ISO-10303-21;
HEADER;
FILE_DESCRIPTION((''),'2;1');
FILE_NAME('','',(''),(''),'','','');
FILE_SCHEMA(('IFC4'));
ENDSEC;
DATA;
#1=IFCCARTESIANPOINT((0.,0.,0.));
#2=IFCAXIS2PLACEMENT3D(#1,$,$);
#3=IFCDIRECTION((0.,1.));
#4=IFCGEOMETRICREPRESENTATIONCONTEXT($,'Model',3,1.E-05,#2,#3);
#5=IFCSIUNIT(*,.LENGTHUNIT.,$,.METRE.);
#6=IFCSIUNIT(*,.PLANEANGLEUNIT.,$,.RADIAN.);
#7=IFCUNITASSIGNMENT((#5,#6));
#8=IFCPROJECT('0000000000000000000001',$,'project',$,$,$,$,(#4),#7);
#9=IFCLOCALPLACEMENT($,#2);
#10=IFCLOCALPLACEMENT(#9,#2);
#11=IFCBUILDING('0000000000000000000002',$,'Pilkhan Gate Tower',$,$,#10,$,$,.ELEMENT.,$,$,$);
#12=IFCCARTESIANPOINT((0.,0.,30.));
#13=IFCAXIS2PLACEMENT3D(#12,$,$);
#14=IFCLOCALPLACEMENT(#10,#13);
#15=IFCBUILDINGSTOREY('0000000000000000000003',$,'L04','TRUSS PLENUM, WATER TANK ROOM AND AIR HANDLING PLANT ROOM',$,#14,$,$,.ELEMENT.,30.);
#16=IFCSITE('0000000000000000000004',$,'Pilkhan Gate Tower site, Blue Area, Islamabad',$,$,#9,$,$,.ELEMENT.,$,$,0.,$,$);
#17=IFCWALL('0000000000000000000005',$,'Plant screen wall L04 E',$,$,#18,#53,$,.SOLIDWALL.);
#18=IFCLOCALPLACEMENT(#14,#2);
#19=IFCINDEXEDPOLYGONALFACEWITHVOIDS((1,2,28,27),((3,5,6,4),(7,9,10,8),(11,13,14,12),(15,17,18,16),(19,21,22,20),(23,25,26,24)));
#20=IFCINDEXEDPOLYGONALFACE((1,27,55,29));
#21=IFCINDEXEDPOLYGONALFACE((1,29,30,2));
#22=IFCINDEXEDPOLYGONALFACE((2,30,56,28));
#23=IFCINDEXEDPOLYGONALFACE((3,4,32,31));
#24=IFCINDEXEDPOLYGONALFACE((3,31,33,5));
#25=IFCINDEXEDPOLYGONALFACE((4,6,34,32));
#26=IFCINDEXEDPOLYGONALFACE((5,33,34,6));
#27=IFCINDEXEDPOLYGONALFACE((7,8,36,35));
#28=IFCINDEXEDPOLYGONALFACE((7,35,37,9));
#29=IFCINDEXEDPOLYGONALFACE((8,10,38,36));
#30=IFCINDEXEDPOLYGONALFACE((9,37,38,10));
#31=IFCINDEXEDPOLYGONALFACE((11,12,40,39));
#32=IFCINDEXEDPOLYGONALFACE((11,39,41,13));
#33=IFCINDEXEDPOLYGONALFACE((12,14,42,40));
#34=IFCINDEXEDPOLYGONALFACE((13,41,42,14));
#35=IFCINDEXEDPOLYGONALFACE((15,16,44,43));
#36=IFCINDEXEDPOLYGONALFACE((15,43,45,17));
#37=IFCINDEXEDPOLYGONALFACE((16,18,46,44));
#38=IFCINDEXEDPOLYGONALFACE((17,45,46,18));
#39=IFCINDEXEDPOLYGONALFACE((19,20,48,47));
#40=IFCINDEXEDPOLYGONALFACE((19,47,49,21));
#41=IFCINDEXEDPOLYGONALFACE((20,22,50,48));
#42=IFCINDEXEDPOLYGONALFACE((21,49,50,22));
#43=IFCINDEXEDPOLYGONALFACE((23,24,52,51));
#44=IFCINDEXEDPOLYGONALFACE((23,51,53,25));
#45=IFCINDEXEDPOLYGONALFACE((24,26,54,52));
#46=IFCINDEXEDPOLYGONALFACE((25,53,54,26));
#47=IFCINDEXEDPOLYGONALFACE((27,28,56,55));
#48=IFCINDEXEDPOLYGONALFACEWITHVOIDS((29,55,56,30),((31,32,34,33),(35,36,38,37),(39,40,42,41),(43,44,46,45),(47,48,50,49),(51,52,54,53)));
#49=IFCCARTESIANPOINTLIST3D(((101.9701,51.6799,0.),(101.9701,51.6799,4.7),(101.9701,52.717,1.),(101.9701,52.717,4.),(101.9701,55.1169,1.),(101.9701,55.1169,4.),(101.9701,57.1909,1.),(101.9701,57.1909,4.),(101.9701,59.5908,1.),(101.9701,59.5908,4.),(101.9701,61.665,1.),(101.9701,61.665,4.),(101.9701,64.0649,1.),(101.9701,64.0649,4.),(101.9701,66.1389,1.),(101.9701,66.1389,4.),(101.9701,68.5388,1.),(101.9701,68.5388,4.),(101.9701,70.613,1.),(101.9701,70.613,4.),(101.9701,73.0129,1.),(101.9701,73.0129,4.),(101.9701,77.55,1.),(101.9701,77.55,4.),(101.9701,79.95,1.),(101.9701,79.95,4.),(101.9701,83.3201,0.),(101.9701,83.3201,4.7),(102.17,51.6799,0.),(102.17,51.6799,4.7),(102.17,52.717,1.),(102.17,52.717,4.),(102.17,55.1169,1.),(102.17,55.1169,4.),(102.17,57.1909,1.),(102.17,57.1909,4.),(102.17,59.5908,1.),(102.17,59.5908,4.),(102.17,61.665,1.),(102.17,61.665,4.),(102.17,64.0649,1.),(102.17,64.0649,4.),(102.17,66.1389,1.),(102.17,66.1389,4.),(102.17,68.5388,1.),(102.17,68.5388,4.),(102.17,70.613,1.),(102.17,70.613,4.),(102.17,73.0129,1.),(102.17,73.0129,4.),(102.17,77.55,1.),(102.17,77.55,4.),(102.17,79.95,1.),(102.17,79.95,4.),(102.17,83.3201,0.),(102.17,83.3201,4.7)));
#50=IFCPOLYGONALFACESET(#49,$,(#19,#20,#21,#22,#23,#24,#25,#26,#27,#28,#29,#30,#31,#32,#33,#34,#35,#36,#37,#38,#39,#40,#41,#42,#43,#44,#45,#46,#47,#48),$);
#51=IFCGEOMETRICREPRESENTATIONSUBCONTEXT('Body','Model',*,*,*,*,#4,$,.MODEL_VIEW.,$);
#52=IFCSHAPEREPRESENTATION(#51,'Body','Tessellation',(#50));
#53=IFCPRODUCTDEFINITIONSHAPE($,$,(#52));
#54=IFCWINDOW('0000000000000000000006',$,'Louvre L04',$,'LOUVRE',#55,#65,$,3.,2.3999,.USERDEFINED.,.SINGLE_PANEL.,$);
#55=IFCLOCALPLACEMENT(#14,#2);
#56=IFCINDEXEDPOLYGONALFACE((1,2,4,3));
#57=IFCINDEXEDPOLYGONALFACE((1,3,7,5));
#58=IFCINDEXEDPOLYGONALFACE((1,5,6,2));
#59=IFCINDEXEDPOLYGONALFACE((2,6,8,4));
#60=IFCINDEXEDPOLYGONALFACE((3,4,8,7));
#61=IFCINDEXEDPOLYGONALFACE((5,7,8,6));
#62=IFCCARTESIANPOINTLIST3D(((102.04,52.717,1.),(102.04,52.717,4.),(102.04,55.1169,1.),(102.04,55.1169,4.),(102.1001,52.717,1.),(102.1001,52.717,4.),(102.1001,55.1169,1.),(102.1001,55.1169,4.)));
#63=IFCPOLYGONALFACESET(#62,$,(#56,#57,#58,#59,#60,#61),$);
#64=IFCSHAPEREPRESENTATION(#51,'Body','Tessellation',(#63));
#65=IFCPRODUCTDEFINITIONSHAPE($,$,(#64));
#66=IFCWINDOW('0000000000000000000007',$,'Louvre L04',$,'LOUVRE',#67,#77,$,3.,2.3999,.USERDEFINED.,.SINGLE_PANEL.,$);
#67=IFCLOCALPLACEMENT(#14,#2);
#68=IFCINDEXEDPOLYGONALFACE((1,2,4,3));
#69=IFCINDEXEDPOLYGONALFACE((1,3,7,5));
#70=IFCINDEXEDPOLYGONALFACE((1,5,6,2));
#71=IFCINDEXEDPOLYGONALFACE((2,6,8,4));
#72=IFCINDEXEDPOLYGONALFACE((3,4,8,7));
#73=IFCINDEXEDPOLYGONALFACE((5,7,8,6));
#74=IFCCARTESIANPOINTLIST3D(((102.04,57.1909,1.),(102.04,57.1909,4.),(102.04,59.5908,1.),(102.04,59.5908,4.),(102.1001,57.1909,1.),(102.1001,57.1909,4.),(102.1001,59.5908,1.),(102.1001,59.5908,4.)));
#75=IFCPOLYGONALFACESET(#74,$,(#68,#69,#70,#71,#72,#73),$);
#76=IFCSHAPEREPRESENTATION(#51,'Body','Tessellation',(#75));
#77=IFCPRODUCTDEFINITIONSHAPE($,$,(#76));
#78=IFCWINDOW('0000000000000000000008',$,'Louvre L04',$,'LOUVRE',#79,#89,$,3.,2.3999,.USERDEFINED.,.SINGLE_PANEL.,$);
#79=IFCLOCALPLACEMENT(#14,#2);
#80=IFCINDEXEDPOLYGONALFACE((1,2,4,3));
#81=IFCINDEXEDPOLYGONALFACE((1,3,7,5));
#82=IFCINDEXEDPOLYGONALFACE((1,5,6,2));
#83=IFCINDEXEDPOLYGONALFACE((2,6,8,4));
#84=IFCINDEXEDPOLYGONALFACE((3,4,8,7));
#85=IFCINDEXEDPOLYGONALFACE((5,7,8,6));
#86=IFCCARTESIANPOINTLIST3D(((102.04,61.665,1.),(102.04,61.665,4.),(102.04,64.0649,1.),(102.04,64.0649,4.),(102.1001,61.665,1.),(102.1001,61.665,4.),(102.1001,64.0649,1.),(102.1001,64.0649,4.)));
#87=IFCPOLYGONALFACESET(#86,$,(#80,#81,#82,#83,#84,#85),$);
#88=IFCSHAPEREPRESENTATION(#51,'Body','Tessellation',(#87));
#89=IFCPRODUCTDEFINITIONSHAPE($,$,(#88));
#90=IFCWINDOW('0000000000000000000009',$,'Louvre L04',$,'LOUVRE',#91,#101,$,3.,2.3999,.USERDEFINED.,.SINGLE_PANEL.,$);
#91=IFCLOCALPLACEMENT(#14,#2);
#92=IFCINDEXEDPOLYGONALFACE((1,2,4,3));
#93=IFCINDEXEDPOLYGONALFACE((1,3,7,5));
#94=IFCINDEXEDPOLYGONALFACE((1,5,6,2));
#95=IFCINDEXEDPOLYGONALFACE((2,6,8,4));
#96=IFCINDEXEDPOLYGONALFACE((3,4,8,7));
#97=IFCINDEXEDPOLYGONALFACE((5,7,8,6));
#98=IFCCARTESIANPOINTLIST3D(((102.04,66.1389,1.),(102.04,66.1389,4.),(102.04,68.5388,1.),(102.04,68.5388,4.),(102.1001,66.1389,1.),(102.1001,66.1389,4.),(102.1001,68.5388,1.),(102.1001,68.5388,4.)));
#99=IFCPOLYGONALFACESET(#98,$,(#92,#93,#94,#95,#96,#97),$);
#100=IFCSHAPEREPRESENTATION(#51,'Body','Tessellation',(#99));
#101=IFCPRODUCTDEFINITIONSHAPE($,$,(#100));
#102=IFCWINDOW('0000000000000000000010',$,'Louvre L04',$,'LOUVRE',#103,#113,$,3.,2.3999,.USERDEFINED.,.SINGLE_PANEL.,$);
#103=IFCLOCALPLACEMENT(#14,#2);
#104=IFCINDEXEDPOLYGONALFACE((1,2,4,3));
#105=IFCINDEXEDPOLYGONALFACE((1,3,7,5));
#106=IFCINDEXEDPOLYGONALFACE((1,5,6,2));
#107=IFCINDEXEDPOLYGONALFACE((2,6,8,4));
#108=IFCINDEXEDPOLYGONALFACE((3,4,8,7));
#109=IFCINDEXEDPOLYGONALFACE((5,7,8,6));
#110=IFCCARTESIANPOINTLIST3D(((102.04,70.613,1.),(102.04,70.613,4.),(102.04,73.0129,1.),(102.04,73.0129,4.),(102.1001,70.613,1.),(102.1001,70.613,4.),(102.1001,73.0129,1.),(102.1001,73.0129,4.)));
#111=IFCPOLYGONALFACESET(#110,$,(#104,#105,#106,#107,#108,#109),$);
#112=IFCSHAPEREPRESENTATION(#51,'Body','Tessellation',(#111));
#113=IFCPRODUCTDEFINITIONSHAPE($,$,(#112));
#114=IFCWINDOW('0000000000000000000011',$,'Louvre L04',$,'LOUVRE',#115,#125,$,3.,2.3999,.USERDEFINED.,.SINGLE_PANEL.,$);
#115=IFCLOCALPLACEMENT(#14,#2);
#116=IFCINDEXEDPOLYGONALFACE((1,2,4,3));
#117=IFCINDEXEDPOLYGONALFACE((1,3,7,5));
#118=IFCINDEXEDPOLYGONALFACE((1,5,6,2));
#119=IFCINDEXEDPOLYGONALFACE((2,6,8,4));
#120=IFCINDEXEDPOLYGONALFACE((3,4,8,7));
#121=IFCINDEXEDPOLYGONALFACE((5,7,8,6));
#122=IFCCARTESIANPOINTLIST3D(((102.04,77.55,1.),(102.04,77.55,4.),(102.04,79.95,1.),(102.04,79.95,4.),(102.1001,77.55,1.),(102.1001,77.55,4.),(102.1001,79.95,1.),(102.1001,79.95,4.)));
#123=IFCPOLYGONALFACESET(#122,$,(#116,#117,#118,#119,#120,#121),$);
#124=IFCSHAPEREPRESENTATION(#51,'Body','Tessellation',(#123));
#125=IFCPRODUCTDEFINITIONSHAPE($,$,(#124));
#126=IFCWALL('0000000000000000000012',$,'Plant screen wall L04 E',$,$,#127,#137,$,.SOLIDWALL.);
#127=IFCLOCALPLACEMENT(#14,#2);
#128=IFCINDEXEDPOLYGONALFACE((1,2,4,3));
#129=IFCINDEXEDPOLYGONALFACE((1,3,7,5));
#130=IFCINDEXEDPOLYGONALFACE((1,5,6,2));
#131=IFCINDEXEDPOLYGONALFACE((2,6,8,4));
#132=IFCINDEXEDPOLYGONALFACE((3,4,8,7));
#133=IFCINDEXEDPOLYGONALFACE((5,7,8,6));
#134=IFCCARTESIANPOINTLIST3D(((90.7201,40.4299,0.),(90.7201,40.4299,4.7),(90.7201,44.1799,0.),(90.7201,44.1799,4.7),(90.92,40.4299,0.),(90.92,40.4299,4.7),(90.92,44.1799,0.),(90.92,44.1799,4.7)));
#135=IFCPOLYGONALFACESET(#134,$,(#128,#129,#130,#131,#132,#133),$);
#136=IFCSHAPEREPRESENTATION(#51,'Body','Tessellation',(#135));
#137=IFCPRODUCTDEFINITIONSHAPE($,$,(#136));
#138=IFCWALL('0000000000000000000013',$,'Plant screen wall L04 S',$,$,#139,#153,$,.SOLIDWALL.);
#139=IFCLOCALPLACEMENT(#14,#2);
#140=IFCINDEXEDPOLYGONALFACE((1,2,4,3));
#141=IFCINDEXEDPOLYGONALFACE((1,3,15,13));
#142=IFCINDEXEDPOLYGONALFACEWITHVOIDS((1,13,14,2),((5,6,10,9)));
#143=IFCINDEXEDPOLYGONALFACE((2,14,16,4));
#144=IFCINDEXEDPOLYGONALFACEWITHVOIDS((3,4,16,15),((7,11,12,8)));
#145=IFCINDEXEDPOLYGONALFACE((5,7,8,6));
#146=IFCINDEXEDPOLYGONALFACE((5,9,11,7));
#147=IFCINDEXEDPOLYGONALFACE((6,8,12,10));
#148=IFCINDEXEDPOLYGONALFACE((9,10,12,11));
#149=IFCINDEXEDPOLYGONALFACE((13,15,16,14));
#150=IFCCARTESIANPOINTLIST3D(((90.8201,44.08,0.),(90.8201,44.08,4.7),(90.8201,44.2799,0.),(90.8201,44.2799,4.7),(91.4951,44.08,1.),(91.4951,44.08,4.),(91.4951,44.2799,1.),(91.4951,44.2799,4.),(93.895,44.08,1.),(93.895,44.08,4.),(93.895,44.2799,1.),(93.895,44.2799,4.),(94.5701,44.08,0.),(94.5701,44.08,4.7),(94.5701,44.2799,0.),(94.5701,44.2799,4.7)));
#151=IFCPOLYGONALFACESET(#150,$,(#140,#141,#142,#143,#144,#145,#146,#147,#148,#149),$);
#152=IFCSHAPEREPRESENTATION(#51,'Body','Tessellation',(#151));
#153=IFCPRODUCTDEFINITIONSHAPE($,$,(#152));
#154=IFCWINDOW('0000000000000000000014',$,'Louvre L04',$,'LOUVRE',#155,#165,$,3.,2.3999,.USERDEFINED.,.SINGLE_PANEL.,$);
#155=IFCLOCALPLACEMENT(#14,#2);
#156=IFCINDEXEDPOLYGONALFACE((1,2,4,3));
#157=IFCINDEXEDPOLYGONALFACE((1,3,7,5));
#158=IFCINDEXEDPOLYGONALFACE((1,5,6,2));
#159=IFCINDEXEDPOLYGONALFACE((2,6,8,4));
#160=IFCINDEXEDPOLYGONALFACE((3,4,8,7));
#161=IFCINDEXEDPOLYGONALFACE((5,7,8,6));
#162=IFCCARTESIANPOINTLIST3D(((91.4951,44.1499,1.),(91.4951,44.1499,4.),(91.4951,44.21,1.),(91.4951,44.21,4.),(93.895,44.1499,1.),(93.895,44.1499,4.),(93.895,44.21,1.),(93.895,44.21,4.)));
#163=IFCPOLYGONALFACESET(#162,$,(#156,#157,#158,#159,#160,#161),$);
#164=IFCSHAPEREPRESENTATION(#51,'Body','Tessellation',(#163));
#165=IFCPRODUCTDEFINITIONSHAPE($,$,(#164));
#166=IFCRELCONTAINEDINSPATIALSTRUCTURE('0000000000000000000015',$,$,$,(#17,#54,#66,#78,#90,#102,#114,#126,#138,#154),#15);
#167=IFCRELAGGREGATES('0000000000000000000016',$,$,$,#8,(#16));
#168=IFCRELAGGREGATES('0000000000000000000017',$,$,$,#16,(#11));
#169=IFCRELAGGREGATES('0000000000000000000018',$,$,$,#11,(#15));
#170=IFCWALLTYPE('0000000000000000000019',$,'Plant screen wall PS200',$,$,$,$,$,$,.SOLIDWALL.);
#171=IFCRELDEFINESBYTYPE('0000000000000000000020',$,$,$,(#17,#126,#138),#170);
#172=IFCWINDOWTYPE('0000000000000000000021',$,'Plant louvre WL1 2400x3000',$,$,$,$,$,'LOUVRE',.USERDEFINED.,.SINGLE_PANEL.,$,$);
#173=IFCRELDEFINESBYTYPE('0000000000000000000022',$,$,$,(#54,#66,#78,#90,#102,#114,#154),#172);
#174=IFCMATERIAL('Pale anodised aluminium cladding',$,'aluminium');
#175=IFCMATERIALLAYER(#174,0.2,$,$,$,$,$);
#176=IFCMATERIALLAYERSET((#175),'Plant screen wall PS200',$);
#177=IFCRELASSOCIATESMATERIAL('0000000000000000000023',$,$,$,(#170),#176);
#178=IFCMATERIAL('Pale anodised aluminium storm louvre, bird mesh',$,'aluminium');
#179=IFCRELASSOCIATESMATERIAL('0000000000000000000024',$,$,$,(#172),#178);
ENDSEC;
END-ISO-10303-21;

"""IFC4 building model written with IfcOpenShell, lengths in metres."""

from ifc_helpers import new_model, si_unit, direction, frame, frame_2d, origin, place, context, subcontext, project, spatial, rectangle, extrude, material, layer, layer_set, type_object, element, fill, save


model = new_model("IFC4")

# Units and contexts
model_context = context("Model", 3, precision=1e-05, world=origin(), true_north=direction((0.0, 1.0)))
body_context = subcontext(model_context, "Body", "Model", "MODEL_VIEW")
ifc_project = project(units=[si_unit("LENGTHUNIT", "METRE"), si_unit("PLANEANGLEUNIT", "RADIAN")], contexts=[model_context])

# Site, building, storey
site_placement = place(None, origin())
site = spatial("IfcSite", under=ifc_project, at=site_placement, Name="Pilkhan Gate Tower site, Blue Area, Islamabad", CompositionType="ELEMENT", RefElevation=0.0)
building_placement = place(site_placement, origin())
building = spatial("IfcBuilding", under=site, at=building_placement, Name="Pilkhan Gate Tower", CompositionType="ELEMENT")
storey_placement = place(building_placement, frame((0.0, 0.0, 30.0)))
storey = spatial("IfcBuildingStorey", under=building, at=storey_placement, Name="L04", Description="TRUSS PLENUM, WATER TANK ROOM AND AIR HANDLING PLANT ROOM", CompositionType="ELEMENT", Elevation=30.0)

# Wall, openings, windows
ifc_material_1 = material(Name="Pale anodised aluminium cladding", Category="aluminium")
ifc_layer_1 = layer(ifc_material_1, 0.2)
ifc_layer_set_1 = layer_set([ifc_layer_1], Name="Plant screen wall PS200")
wall_type_1 = type_object("IfcWallType", Name="Plant screen wall PS200", PredefinedType="SOLIDWALL", material=ifc_layer_set_1)
wall_1_placement = place(storey_placement, frame((102.0701, 51.6799, 0.0), z_axis=(0.0, 0.0, 1.0), x_axis=(0.0, 1.0, 0.0)))
wall_1 = element("IfcWall", 1, at=wall_1_placement, inside=storey, type_object=wall_type_1, Name="Plant screen wall L04 E", PredefinedType="SOLIDWALL", context=body_context, shape_type="SweptSolid", body=[
    extrude(rectangle(XDim=31.6401, YDim=0.2, at=frame_2d((15.8201, 0.0))), origin(), (0.0, 0.0, 1.0), 4.7),
])
opening_1_placement = place(wall_1_placement, frame((1.0371, 0.0, 1.0)))
opening_1 = element("IfcOpeningElement", 2, at=opening_1_placement, cuts=wall_1, PredefinedType="OPENING", context=body_context, shape_type="SweptSolid", body=[
    extrude(rectangle(XDim=2.3999, YDim=3.0, at=frame_2d((1.2, 1.5))), frame((0.0, 0.1099, 0.0), z_axis=(0.0, -1.0, 0.0), x_axis=(1.0, 0.0, 0.0)), (0.0, 0.0, 1.0), 0.22),
])
opening_2_placement = place(wall_1_placement, frame((5.511, 0.0, 1.0)))
opening_2 = element("IfcOpeningElement", 3, at=opening_2_placement, cuts=wall_1, PredefinedType="OPENING", context=body_context, shape_type="SweptSolid", body=[
    extrude(rectangle(XDim=2.3999, YDim=3.0, at=frame_2d((1.2, 1.5))), frame((0.0, 0.1099, 0.0), z_axis=(0.0, -1.0, 0.0), x_axis=(1.0, 0.0, 0.0)), (0.0, 0.0, 1.0), 0.22),
])
opening_3_placement = place(wall_1_placement, frame((9.9851, 0.0, 1.0)))
opening_3 = element("IfcOpeningElement", 4, at=opening_3_placement, cuts=wall_1, PredefinedType="OPENING", context=body_context, shape_type="SweptSolid", body=[
    extrude(rectangle(XDim=2.3999, YDim=3.0, at=frame_2d((1.2, 1.5))), frame((0.0, 0.1099, 0.0), z_axis=(0.0, -1.0, 0.0), x_axis=(1.0, 0.0, 0.0)), (0.0, 0.0, 1.0), 0.22),
])
opening_4_placement = place(wall_1_placement, frame((14.459, 0.0, 1.0)))
opening_4 = element("IfcOpeningElement", 5, at=opening_4_placement, cuts=wall_1, PredefinedType="OPENING", context=body_context, shape_type="SweptSolid", body=[
    extrude(rectangle(XDim=2.3999, YDim=3.0, at=frame_2d((1.2, 1.5))), frame((0.0, 0.1099, 0.0), z_axis=(0.0, -1.0, 0.0), x_axis=(1.0, 0.0, 0.0)), (0.0, 0.0, 1.0), 0.22),
])
opening_5_placement = place(wall_1_placement, frame((18.9331, 0.0, 1.0)))
opening_5 = element("IfcOpeningElement", 6, at=opening_5_placement, cuts=wall_1, PredefinedType="OPENING", context=body_context, shape_type="SweptSolid", body=[
    extrude(rectangle(XDim=2.3999, YDim=3.0, at=frame_2d((1.2, 1.5))), frame((0.0, 0.1099, 0.0), z_axis=(0.0, -1.0, 0.0), x_axis=(1.0, 0.0, 0.0)), (0.0, 0.0, 1.0), 0.22),
])
opening_6_placement = place(wall_1_placement, frame((25.8701, 0.0, 1.0)))
opening_6 = element("IfcOpeningElement", 7, at=opening_6_placement, cuts=wall_1, PredefinedType="OPENING", context=body_context, shape_type="SweptSolid", body=[
    extrude(rectangle(XDim=2.3999, YDim=3.0, at=frame_2d((1.2, 1.5))), frame((0.0, 0.1099, 0.0), z_axis=(0.0, -1.0, 0.0), x_axis=(1.0, 0.0, 0.0)), (0.0, 0.0, 1.0), 0.22),
])
ifc_material_2 = material(Name="Pale anodised aluminium storm louvre, bird mesh", Category="aluminium")
window_type = type_object("IfcWindowType", Name="Plant louvre WL1 2400x3000", ElementType="LOUVRE", PartitioningType="SINGLE_PANEL", PredefinedType="USERDEFINED", material=ifc_material_2)
window_1_placement = place(opening_1_placement, origin())
window_1 = element("IfcWindow", 8, at=window_1_placement, inside=storey, type_object=window_type, Name="Louvre L04", ObjectType="LOUVRE", OverallHeight=3.0, OverallWidth=2.3999, PartitioningType="SINGLE_PANEL", PredefinedType="USERDEFINED", context=body_context, shape_type="SweptSolid", body=[
    extrude(rectangle(XDim=2.3999, YDim=3.0, at=frame_2d((1.2, 1.5))), frame((0.0, 0.03, 0.0), z_axis=(0.0, -1.0, 0.0), x_axis=(1.0, 0.0, 0.0)), (0.0, 0.0, 1.0), 0.0601),
])
fill(opening_1, window_1)
window_2_placement = place(opening_2_placement, origin())
window_2 = element("IfcWindow", 9, at=window_2_placement, inside=storey, type_object=window_type, Name="Louvre L04", ObjectType="LOUVRE", OverallHeight=3.0, OverallWidth=2.3999, PartitioningType="SINGLE_PANEL", PredefinedType="USERDEFINED", context=body_context, shape_type="SweptSolid", body=[
    extrude(rectangle(XDim=2.3999, YDim=3.0, at=frame_2d((1.2, 1.5))), frame((0.0, 0.03, 0.0), z_axis=(0.0, -1.0, 0.0), x_axis=(1.0, 0.0, 0.0)), (0.0, 0.0, 1.0), 0.0601),
])
fill(opening_2, window_2)
window_3_placement = place(opening_3_placement, origin())
window_3 = element("IfcWindow", 10, at=window_3_placement, inside=storey, type_object=window_type, Name="Louvre L04", ObjectType="LOUVRE", OverallHeight=3.0, OverallWidth=2.3999, PartitioningType="SINGLE_PANEL", PredefinedType="USERDEFINED", context=body_context, shape_type="SweptSolid", body=[
    extrude(rectangle(XDim=2.3999, YDim=3.0, at=frame_2d((1.2, 1.5))), frame((0.0, 0.03, 0.0), z_axis=(0.0, -1.0, 0.0), x_axis=(1.0, 0.0, 0.0)), (0.0, 0.0, 1.0), 0.0601),
])
fill(opening_3, window_3)
window_4_placement = place(opening_4_placement, origin())
window_4 = element("IfcWindow", 11, at=window_4_placement, inside=storey, type_object=window_type, Name="Louvre L04", ObjectType="LOUVRE", OverallHeight=3.0, OverallWidth=2.3999, PartitioningType="SINGLE_PANEL", PredefinedType="USERDEFINED", context=body_context, shape_type="SweptSolid", body=[
    extrude(rectangle(XDim=2.3999, YDim=3.0, at=frame_2d((1.2, 1.5))), frame((0.0, 0.03, 0.0), z_axis=(0.0, -1.0, 0.0), x_axis=(1.0, 0.0, 0.0)), (0.0, 0.0, 1.0), 0.0601),
])
fill(opening_4, window_4)
window_5_placement = place(opening_5_placement, origin())
window_5 = element("IfcWindow", 12, at=window_5_placement, inside=storey, type_object=window_type, Name="Louvre L04", ObjectType="LOUVRE", OverallHeight=3.0, OverallWidth=2.3999, PartitioningType="SINGLE_PANEL", PredefinedType="USERDEFINED", context=body_context, shape_type="SweptSolid", body=[
    extrude(rectangle(XDim=2.3999, YDim=3.0, at=frame_2d((1.2, 1.5))), frame((0.0, 0.03, 0.0), z_axis=(0.0, -1.0, 0.0), x_axis=(1.0, 0.0, 0.0)), (0.0, 0.0, 1.0), 0.0601),
])
fill(opening_5, window_5)
window_6_placement = place(opening_6_placement, origin())
window_6 = element("IfcWindow", 13, at=window_6_placement, inside=storey, type_object=window_type, Name="Louvre L04", ObjectType="LOUVRE", OverallHeight=3.0, OverallWidth=2.3999, PartitioningType="SINGLE_PANEL", PredefinedType="USERDEFINED", context=body_context, shape_type="SweptSolid", body=[
    extrude(rectangle(XDim=2.3999, YDim=3.0, at=frame_2d((1.2, 1.5))), frame((0.0, 0.03, 0.0), z_axis=(0.0, -1.0, 0.0), x_axis=(1.0, 0.0, 0.0)), (0.0, 0.0, 1.0), 0.0601),
])
fill(opening_6, window_6)

# Wall
wall_2_placement = place(storey_placement, frame((90.8201, 40.4299, 0.0), z_axis=(0.0, 0.0, 1.0), x_axis=(0.0, 1.0, 0.0)))
element("IfcWall", 14, at=wall_2_placement, inside=storey, type_object=wall_type_1, Name="Plant screen wall L04 E", PredefinedType="SOLIDWALL", context=body_context, shape_type="SweptSolid", body=[
    extrude(rectangle(XDim=3.75, YDim=0.2, at=frame_2d((1.875, 0.0))), origin(), (0.0, 0.0, 1.0), 4.7),
])

# Wall, opening, window
wall_3_placement = place(storey_placement, frame((90.8201, 44.1799, 0.0), z_axis=(0.0, 0.0, 1.0), x_axis=(1.0, 0.0, 0.0)))
wall_3 = element("IfcWall", 15, at=wall_3_placement, inside=storey, type_object=wall_type_1, Name="Plant screen wall L04 S", PredefinedType="SOLIDWALL", context=body_context, shape_type="SweptSolid", body=[
    extrude(rectangle(XDim=3.75, YDim=0.2, at=frame_2d((1.875, 0.0))), origin(), (0.0, 0.0, 1.0), 4.7),
])
opening_7_placement = place(wall_3_placement, frame((0.675, 0.0, 1.0)))
opening_7 = element("IfcOpeningElement", 16, at=opening_7_placement, cuts=wall_3, PredefinedType="OPENING", context=body_context, shape_type="SweptSolid", body=[
    extrude(rectangle(XDim=2.3999, YDim=3.0, at=frame_2d((1.2, 1.5))), frame((0.0, 0.1099, 0.0), z_axis=(0.0, -1.0, 0.0), x_axis=(1.0, 0.0, 0.0)), (0.0, 0.0, 1.0), 0.22),
])
window_7_placement = place(opening_7_placement, origin())
window_7 = element("IfcWindow", 17, at=window_7_placement, inside=storey, type_object=window_type, Name="Louvre L04", ObjectType="LOUVRE", OverallHeight=3.0, OverallWidth=2.3999, PartitioningType="SINGLE_PANEL", PredefinedType="USERDEFINED", context=body_context, shape_type="SweptSolid", body=[
    extrude(rectangle(XDim=2.3999, YDim=3.0, at=frame_2d((1.2, 1.5))), frame((0.0, 0.03, 0.0), z_axis=(0.0, -1.0, 0.0), x_axis=(1.0, 0.0, 0.0)), (0.0, 0.0, 1.0), 0.0601),
])
fill(opening_7, window_7)

save(model, "model.ifc")
